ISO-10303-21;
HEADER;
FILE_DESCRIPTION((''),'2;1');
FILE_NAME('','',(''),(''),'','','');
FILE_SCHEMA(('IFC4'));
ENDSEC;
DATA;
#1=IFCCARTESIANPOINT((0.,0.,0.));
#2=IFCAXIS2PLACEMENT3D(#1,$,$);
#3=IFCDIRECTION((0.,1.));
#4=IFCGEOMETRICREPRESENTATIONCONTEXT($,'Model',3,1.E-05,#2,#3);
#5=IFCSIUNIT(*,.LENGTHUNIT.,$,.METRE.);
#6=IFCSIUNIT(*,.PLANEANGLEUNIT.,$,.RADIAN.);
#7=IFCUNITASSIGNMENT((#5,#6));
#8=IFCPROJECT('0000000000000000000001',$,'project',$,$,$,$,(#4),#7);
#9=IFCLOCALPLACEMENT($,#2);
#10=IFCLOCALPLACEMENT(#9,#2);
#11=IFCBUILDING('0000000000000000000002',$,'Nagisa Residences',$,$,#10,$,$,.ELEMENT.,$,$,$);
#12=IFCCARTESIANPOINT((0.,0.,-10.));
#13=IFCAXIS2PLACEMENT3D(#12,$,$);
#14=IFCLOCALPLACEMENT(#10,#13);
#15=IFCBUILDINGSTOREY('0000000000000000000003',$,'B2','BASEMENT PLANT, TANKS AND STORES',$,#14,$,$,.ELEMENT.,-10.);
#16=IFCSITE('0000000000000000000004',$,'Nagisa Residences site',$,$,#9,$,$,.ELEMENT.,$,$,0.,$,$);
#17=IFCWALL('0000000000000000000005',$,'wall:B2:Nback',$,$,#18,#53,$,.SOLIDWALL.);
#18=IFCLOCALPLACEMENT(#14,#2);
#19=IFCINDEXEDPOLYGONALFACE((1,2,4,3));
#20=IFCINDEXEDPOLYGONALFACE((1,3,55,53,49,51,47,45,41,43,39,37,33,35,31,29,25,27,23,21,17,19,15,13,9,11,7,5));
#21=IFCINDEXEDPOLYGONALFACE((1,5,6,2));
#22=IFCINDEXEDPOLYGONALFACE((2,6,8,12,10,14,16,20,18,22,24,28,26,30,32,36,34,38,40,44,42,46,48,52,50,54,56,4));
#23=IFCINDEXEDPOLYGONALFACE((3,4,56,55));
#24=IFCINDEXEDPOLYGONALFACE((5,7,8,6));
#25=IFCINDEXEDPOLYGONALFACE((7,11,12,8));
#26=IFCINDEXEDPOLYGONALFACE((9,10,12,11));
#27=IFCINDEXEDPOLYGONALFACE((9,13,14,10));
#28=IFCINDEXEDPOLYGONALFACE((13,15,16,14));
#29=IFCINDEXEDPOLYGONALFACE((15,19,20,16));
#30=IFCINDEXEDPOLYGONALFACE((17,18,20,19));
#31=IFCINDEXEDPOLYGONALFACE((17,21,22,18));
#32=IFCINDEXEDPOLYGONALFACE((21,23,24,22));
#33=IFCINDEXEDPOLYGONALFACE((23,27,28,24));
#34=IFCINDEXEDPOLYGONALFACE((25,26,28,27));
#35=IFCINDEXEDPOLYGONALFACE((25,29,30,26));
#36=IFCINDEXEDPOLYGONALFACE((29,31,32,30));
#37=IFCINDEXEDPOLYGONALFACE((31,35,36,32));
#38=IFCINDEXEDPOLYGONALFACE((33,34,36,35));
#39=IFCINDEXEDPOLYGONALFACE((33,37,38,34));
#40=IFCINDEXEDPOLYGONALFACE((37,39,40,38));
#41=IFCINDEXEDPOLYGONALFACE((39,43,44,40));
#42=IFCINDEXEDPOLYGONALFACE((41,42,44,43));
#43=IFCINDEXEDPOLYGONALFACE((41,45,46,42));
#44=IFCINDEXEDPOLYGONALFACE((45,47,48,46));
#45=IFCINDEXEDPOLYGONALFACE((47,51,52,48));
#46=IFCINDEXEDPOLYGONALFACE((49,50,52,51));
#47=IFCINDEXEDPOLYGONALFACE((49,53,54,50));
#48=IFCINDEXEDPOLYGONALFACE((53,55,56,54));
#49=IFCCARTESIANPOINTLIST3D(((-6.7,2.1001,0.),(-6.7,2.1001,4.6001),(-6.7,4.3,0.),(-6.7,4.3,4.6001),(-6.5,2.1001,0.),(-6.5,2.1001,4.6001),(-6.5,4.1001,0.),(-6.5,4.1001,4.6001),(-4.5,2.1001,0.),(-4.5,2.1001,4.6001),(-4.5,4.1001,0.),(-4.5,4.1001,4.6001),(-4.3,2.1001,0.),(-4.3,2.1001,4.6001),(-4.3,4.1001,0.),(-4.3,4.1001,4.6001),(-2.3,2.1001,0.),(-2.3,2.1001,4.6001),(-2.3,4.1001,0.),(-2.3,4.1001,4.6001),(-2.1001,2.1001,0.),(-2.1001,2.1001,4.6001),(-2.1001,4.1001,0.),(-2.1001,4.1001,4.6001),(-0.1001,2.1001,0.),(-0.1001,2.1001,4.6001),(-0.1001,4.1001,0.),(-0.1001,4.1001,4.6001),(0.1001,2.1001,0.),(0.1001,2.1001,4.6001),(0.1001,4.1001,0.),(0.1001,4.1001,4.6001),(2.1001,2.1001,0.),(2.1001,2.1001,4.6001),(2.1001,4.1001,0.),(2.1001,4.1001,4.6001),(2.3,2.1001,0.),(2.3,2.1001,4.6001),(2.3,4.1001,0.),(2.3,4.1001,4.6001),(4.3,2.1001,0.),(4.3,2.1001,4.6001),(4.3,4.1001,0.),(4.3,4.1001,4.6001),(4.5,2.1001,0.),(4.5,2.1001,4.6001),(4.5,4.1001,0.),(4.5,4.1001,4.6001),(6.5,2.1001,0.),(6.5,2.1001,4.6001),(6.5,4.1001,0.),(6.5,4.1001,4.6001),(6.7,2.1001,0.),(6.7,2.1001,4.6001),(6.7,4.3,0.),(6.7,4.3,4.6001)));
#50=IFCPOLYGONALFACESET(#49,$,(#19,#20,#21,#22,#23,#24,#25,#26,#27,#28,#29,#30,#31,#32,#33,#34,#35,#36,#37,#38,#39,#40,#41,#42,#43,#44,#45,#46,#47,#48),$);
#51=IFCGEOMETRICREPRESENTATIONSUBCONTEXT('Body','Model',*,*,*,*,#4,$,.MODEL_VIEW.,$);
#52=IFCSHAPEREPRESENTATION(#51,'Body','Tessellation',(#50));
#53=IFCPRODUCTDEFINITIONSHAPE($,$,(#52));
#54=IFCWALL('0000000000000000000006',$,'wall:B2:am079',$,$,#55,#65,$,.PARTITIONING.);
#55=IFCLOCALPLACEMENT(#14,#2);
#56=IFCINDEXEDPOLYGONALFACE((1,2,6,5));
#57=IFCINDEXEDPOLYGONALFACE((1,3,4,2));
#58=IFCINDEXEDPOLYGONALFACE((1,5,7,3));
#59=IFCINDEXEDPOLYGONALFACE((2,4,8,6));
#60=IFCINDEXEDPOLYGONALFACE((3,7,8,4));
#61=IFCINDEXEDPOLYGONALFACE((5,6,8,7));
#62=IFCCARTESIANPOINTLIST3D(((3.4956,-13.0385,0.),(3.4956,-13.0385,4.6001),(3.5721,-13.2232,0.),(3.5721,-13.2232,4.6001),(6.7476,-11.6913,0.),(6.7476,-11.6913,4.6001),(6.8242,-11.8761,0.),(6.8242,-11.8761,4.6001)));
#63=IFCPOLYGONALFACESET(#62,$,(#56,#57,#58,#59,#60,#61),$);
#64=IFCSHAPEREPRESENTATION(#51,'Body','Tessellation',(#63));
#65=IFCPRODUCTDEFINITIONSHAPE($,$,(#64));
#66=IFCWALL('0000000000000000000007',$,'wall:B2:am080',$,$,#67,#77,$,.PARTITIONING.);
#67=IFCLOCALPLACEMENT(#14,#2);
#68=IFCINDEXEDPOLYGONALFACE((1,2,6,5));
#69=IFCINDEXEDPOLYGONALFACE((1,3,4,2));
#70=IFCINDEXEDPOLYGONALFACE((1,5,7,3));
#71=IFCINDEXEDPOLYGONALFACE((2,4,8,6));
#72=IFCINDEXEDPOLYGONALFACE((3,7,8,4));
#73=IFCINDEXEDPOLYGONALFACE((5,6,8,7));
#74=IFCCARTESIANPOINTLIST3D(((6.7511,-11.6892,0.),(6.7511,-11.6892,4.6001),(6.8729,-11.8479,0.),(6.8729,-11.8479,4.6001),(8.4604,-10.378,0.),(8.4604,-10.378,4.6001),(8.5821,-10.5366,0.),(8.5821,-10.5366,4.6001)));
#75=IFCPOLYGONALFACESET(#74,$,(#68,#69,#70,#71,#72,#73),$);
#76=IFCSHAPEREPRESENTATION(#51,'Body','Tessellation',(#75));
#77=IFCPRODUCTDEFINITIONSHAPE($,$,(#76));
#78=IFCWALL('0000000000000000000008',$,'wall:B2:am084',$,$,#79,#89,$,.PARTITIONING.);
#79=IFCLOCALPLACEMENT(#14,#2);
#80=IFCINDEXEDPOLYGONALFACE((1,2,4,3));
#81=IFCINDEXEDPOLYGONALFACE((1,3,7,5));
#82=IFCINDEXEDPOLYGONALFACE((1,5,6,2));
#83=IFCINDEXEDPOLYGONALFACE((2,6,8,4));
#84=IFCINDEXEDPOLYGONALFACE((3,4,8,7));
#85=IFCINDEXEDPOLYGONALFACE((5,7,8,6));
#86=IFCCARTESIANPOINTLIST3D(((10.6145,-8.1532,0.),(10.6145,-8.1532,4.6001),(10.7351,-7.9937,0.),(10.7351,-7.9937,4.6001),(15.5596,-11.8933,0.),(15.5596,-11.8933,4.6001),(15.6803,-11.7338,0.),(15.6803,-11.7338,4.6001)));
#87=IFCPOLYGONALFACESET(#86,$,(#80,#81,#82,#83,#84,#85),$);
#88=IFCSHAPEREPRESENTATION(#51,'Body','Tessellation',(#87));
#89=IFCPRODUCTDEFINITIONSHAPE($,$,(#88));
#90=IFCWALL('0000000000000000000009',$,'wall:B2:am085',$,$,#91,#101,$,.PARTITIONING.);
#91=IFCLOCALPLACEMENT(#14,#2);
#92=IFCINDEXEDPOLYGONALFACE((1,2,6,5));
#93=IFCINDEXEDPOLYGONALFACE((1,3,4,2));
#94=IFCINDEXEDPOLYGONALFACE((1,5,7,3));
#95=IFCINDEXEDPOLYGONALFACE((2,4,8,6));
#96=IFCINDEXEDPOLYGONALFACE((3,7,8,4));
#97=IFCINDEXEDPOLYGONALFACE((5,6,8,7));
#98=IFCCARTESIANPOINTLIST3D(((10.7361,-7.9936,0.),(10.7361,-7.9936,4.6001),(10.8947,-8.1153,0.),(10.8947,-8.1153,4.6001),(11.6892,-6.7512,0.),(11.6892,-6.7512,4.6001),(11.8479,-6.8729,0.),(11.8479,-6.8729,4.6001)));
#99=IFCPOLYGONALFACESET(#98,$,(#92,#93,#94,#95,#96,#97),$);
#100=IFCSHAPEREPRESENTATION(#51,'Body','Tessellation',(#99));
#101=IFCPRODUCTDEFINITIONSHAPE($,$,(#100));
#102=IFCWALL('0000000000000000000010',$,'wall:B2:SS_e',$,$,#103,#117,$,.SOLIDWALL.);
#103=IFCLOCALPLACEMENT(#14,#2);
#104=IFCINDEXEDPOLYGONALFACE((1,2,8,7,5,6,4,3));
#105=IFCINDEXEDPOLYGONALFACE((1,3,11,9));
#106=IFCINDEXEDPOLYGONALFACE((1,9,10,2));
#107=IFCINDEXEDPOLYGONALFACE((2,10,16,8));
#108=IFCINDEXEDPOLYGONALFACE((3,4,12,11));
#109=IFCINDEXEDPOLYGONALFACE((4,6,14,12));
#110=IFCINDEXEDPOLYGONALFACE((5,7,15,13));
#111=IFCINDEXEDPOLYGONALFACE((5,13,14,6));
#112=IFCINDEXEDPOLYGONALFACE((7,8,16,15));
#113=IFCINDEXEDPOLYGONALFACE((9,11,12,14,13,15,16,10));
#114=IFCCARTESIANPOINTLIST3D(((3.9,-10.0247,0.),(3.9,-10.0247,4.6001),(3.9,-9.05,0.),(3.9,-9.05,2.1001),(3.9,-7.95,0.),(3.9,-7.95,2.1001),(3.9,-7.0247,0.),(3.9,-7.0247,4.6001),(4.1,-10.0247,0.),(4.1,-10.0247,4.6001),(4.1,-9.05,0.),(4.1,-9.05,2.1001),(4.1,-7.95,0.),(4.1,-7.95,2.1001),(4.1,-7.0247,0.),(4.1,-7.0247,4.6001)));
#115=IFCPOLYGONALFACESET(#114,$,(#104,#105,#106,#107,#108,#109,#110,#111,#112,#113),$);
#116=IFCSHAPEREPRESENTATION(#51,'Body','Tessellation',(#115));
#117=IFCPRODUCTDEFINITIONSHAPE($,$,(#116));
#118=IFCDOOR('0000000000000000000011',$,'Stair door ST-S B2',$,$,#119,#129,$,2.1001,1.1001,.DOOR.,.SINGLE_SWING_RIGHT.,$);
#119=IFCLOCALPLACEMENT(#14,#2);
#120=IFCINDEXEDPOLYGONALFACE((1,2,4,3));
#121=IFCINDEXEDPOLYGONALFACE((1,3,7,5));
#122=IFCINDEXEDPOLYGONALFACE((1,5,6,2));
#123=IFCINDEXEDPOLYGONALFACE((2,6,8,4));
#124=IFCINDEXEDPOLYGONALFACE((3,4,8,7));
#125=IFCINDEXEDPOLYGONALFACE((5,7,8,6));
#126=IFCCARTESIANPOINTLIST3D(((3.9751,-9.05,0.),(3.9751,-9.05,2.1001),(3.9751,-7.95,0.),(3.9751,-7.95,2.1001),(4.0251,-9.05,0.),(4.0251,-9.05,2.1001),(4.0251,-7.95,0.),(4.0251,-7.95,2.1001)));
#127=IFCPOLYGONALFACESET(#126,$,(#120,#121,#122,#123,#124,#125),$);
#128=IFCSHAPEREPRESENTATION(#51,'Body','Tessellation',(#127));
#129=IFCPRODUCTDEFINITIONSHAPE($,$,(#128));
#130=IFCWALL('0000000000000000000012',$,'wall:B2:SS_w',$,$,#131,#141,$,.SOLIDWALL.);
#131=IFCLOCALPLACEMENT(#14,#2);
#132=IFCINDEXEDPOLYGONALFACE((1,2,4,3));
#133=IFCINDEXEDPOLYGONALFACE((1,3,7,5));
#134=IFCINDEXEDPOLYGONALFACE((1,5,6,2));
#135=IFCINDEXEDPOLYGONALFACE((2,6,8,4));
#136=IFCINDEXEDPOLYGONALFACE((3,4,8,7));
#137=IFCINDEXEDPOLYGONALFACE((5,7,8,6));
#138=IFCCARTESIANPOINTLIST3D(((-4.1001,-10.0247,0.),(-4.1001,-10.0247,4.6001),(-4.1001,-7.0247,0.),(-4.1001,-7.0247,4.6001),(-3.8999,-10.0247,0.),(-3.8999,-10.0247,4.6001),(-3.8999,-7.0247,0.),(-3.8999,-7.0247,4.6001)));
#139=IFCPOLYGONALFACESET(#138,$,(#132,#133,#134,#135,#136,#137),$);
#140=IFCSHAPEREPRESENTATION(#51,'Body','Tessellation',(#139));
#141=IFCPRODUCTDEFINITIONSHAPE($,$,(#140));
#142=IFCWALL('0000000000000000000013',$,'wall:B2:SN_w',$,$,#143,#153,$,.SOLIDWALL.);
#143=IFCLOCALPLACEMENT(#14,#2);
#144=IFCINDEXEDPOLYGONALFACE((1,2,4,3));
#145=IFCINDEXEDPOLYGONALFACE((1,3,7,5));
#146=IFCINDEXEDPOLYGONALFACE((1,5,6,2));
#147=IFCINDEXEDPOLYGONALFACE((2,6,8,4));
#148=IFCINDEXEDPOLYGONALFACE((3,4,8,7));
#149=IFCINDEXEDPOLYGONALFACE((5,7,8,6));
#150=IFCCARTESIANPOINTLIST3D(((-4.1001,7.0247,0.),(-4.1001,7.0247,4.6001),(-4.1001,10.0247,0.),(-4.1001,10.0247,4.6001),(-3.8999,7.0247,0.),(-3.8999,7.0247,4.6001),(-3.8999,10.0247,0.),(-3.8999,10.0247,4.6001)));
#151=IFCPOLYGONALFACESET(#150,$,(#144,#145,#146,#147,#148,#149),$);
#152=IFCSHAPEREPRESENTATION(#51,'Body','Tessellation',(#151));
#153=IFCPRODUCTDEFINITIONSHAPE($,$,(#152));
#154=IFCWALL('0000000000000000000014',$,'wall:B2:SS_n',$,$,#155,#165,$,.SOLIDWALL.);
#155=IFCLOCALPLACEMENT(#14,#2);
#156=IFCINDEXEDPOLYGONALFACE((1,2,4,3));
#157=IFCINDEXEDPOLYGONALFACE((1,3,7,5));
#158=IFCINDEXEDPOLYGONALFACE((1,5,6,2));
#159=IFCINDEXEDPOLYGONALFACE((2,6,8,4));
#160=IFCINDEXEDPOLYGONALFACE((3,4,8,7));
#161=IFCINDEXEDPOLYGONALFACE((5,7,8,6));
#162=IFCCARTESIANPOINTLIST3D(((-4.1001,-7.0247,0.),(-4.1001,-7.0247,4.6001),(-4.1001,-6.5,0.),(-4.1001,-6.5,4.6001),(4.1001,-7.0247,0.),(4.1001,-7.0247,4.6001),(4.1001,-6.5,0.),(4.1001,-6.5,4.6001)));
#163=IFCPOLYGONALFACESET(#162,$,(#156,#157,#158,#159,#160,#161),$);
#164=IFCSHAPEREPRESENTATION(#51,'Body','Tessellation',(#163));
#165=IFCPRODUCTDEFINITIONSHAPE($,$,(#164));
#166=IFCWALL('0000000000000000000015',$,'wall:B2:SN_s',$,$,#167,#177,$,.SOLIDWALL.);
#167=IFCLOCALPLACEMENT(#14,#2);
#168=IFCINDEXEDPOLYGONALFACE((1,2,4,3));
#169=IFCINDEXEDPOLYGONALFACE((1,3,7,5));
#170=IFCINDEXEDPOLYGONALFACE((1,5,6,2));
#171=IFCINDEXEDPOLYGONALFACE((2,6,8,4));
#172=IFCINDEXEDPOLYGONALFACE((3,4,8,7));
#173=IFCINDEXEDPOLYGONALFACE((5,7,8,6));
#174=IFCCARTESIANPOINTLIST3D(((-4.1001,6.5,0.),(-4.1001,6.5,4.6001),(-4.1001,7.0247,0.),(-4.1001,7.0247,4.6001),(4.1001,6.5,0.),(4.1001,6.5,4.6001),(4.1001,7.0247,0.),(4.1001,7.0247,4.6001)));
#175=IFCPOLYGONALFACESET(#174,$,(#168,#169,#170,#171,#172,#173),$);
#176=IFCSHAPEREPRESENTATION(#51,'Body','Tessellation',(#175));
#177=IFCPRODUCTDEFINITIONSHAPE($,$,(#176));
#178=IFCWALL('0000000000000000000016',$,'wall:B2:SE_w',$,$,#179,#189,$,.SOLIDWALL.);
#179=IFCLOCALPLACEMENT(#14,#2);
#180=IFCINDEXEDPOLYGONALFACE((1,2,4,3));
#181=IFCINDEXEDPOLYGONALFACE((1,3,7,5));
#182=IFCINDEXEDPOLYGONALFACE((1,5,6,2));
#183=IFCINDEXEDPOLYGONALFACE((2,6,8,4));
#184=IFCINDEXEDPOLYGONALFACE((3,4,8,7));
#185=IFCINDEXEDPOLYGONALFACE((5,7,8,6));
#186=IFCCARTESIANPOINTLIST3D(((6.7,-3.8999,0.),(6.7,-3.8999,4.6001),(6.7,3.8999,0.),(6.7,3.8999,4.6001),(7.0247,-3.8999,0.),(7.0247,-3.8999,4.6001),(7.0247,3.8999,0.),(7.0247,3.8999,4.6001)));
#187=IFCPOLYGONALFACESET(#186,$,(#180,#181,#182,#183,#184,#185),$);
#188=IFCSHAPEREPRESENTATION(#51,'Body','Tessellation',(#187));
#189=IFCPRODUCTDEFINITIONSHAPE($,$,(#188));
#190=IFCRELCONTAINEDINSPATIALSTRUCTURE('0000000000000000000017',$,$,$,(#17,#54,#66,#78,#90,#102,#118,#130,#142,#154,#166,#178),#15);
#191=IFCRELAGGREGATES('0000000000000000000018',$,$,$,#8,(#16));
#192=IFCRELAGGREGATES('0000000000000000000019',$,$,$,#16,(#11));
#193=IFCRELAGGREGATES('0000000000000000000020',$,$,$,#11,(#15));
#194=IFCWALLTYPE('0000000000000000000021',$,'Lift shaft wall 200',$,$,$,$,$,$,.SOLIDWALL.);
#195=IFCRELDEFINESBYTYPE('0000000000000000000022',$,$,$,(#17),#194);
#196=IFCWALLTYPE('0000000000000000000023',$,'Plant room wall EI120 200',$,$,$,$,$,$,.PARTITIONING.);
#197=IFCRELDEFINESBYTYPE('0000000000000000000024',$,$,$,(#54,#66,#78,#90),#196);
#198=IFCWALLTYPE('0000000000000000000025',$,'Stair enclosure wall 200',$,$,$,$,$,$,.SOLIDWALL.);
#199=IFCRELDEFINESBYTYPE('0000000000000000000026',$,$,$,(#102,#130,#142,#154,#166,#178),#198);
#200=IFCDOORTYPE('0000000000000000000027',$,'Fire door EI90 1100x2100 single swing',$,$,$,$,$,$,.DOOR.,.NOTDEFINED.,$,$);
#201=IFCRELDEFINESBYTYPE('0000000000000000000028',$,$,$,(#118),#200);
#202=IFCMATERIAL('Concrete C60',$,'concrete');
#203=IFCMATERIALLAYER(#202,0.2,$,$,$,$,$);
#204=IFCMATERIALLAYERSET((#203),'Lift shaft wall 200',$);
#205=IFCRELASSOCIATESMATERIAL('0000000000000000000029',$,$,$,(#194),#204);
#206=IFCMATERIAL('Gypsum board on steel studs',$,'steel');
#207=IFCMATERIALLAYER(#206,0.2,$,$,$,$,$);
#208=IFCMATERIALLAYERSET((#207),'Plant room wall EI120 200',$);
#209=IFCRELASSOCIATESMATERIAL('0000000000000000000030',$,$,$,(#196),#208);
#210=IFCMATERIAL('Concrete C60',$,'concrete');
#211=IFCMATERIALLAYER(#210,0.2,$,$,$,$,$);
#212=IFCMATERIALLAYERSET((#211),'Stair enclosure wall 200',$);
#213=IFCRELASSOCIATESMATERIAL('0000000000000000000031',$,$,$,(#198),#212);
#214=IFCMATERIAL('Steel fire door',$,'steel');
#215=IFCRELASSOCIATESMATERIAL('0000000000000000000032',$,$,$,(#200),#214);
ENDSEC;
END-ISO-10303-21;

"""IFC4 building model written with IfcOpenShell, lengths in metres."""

from ifc_helpers import new_model, si_unit, direction, frame, frame_2d, origin, place, context, subcontext, project, spatial, polyline, rectangle, outline, extrude, material, layer, layer_set, type_object, element, fill, save


model = new_model("IFC4")

# Units and contexts
model_context = context("Model", 3, precision=1e-05, world=origin(), true_north=direction((0.0, 1.0)))
body_context = subcontext(model_context, "Body", "Model", "MODEL_VIEW")
ifc_project = project(units=[si_unit("LENGTHUNIT", "METRE"), si_unit("PLANEANGLEUNIT", "RADIAN")], contexts=[model_context])

# Site, building, storey
site_placement = place(None, origin())
site = spatial("IfcSite", under=ifc_project, at=site_placement, Name="Nagisa Residences site", CompositionType="ELEMENT", RefElevation=0.0)
building_placement = place(site_placement, origin())
building = spatial("IfcBuilding", under=site, at=building_placement, Name="Nagisa Residences", CompositionType="ELEMENT")
storey_placement = place(building_placement, frame((0.0, 0.0, -10.0)))
storey = spatial("IfcBuildingStorey", under=building, at=storey_placement, Name="B2", Description="BASEMENT PLANT, TANKS AND STORES", CompositionType="ELEMENT", Elevation=-10.0)

# Shared definitions
ifc_material_1 = material(Name="Concrete C60", Category="concrete")
ifc_layer_1 = layer(ifc_material_1, 0.2)
ifc_layer_set_1 = layer_set([ifc_layer_1], Name="Lift shaft wall 200")
wall_type_1 = type_object("IfcWallType", Name="Lift shaft wall 200", PredefinedType="SOLIDWALL", material=ifc_layer_set_1)

# Walls
wall_1_placement = place(storey_placement, origin())
element("IfcWall", 1, at=wall_1_placement, inside=storey, type_object=wall_type_1, Name="wall:B2:Nback", PredefinedType="SOLIDWALL", context=body_context, shape_type="SweptSolid", body=[
    extrude(outline(polyline([(-6.5, 2.1001), (-6.7, 2.1001), (-6.7, 4.3), (6.7, 4.3), (6.7, 2.1001), (6.5, 2.1001), (6.5, 4.1001), (4.5, 4.1001), (4.5, 2.1001), (4.3, 2.1001), (4.3, 4.1001), (2.3, 4.1001), (2.3, 2.1001), (2.1001, 2.1001), (2.1001, 4.1001), (0.1001, 4.1001), (0.1001, 2.1001), (-0.1001, 2.1001), (-0.1001, 4.1001), (-2.1001, 4.1001), (-2.1001, 2.1001), (-2.3, 2.1001), (-2.3, 4.1001), (-4.3, 4.1001), (-4.3, 2.1001), (-4.5, 2.1001), (-4.5, 4.1001), (-6.5, 4.1001), (-6.5, 2.1001)])), origin(), (0.0, 0.0, 1.0), 4.6001),
])
ifc_material_2 = material(Name="Gypsum board on steel studs", Category="steel")
ifc_layer_2 = layer(ifc_material_2, 0.2)
ifc_layer_set_2 = layer_set([ifc_layer_2], Name="Plant room wall EI120 200")
wall_type_2 = type_object("IfcWallType", Name="Plant room wall EI120 200", PredefinedType="PARTITIONING", material=ifc_layer_set_2)
wall_2_placement = place(storey_placement, frame((6.7859, -11.7837, 0.0), z_axis=(0.0, 0.0, 1.0), x_axis=(-0.923863, -0.382723, 0.0)))
element("IfcWall", 2, at=wall_2_placement, inside=storey, type_object=wall_type_2, Name="wall:B2:am079", PredefinedType="PARTITIONING", context=body_context, shape_type="SweptSolid", body=[
    extrude(rectangle(XDim=3.52, YDim=0.2, at=frame_2d((1.76, 0.0))), origin(), (0.0, 0.0, 1.0), 4.6001),
])
wall_3_placement = place(storey_placement, frame((8.5212, -10.4573, 0.0), z_axis=(0.0, 0.0, 1.0), x_axis=(-0.793411, -0.608686, 0.0)))
element("IfcWall", 3, at=wall_3_placement, inside=storey, type_object=wall_type_2, Name="wall:B2:am080", PredefinedType="PARTITIONING", context=body_context, shape_type="SweptSolid", body=[
    extrude(rectangle(XDim=2.1543, YDim=0.2, at=frame_2d((1.0771, 0.0))), origin(), (0.0, 0.0, 1.0), 4.6001),
])
wall_4_placement = place(storey_placement, frame((10.6748, -8.0735, 0.0), z_axis=(0.0, 0.0, 1.0), x_axis=(0.797579, -0.603215, 0.0)))
element("IfcWall", 4, at=wall_4_placement, inside=storey, type_object=wall_type_2, Name="wall:B2:am084", PredefinedType="PARTITIONING", context=body_context, shape_type="SweptSolid", body=[
    extrude(rectangle(XDim=6.2002, YDim=0.2, at=frame_2d((3.1001, 0.0))), origin(), (0.0, 0.0, 1.0), 4.6001),
])
wall_5_placement = place(storey_placement, frame((11.7686, -6.812, 0.0), z_axis=(0.0, 0.0, 1.0), x_axis=(-0.60867, -0.793423, 0.0)))
element("IfcWall", 5, at=wall_5_placement, inside=storey, type_object=wall_type_2, Name="wall:B2:am085", PredefinedType="PARTITIONING", context=body_context, shape_type="SweptSolid", body=[
    extrude(rectangle(XDim=1.5659, YDim=0.2, at=frame_2d((0.783, 0.0))), origin(), (0.0, 0.0, 1.0), 4.6001),
])

# Wall, opening, door
ifc_material_3 = material(Name="Concrete C60", Category="concrete")
ifc_layer_3 = layer(ifc_material_3, 0.2)
ifc_layer_set_3 = layer_set([ifc_layer_3], Name="Stair enclosure wall 200")
wall_type_3 = type_object("IfcWallType", Name="Stair enclosure wall 200", PredefinedType="SOLIDWALL", material=ifc_layer_set_3)
wall_6_placement = place(storey_placement, frame((4.0, -10.0247, 0.0), z_axis=(0.0, 0.0, 1.0), x_axis=(0.0, 1.0, 0.0)))
wall_6 = element("IfcWall", 6, at=wall_6_placement, inside=storey, type_object=wall_type_3, Name="wall:B2:SS_e", PredefinedType="SOLIDWALL", context=body_context, shape_type="SweptSolid", body=[
    extrude(rectangle(XDim=3.0, YDim=0.2, at=frame_2d((1.5, 0.0))), origin(), (0.0, 0.0, 1.0), 4.6001),
])
opening_1_placement = place(wall_6_placement, frame((0.9746, 0.0, 0.0)))
opening_1 = element("IfcOpeningElement", 7, at=opening_1_placement, cuts=wall_6, PredefinedType="OPENING", context=body_context, shape_type="SweptSolid", body=[
    extrude(rectangle(XDim=1.1001, YDim=2.1001, at=frame_2d((0.55, 1.05))), frame((0.0, 0.1099, 0.0), z_axis=(0.0, -1.0, 0.0), x_axis=(1.0, 0.0, 0.0)), (0.0, 0.0, 1.0), 0.22),
])
ifc_material_4 = material(Name="Steel fire door", Category="steel")
door_type_1 = type_object("IfcDoorType", Name="Fire door EI90 1100x2100 single swing", OperationType="NOTDEFINED", PredefinedType="DOOR", material=ifc_material_4)
door_1_placement = place(opening_1_placement, origin())
door_1 = element("IfcDoor", 8, at=door_1_placement, inside=storey, type_object=door_type_1, Name="Stair door ST-S B2", OperationType="SINGLE_SWING_RIGHT", OverallHeight=2.1001, OverallWidth=1.1001, PredefinedType="DOOR", context=body_context, shape_type="SweptSolid", body=[
    extrude(rectangle(XDim=1.1001, YDim=2.1001, at=frame_2d((0.55, 1.05))), frame((0.0, 0.0249, 0.0), z_axis=(0.0, -1.0, 0.0), x_axis=(1.0, 0.0, 0.0)), (0.0, 0.0, 1.0), 0.05),
])
fill(opening_1, door_1)

# Walls
wall_7_placement = place(storey_placement, origin())
element("IfcWall", 9, at=wall_7_placement, inside=storey, type_object=wall_type_3, Name="wall:B2:SS_w", PredefinedType="SOLIDWALL", context=body_context, shape_type="SweptSolid", body=[
    extrude(outline(polyline([(-3.8999, -10.0247), (-4.1001, -10.0247), (-4.1001, -7.0247), (-3.8999, -7.0247), (-3.8999, -10.0247)])), origin(), (0.0, 0.0, 1.0), 4.6001),
])
wall_8_placement = place(storey_placement, origin())
element("IfcWall", 10, at=wall_8_placement, inside=storey, type_object=wall_type_3, Name="wall:B2:SN_w", PredefinedType="SOLIDWALL", context=body_context, shape_type="SweptSolid", body=[
    extrude(outline(polyline([(-3.8999, 7.0247), (-4.1001, 7.0247), (-4.1001, 10.0247), (-3.8999, 10.0247), (-3.8999, 7.0247)])), origin(), (0.0, 0.0, 1.0), 4.6001),
])
wall_9_placement = place(storey_placement, origin())
element("IfcWall", 11, at=wall_9_placement, inside=storey, type_object=wall_type_3, Name="wall:B2:SS_n", PredefinedType="SOLIDWALL", context=body_context, shape_type="SweptSolid", body=[
    extrude(outline(polyline([(4.1001, -7.0247), (-4.1001, -7.0247), (-4.1001, -6.5), (4.1001, -6.5), (4.1001, -7.0247)])), origin(), (0.0, 0.0, 1.0), 4.6001),
])
wall_10_placement = place(storey_placement, origin())
element("IfcWall", 12, at=wall_10_placement, inside=storey, type_object=wall_type_3, Name="wall:B2:SN_s", PredefinedType="SOLIDWALL", context=body_context, shape_type="SweptSolid", body=[
    extrude(outline(polyline([(4.1001, 6.5), (-4.1001, 6.5), (-4.1001, 7.0247), (4.1001, 7.0247), (4.1001, 6.5)])), origin(), (0.0, 0.0, 1.0), 4.6001),
])
wall_11_placement = place(storey_placement, origin())
element("IfcWall", 13, at=wall_11_placement, inside=storey, type_object=wall_type_3, Name="wall:B2:SE_w", PredefinedType="SOLIDWALL", context=body_context, shape_type="SweptSolid", body=[
    extrude(outline(polyline([(7.0247, -3.8999), (6.7, -3.8999), (6.7, 3.8999), (7.0247, 3.8999), (7.0247, -3.8999)])), origin(), (0.0, 0.0, 1.0), 4.6001),
])

save(model, "model.ifc")
